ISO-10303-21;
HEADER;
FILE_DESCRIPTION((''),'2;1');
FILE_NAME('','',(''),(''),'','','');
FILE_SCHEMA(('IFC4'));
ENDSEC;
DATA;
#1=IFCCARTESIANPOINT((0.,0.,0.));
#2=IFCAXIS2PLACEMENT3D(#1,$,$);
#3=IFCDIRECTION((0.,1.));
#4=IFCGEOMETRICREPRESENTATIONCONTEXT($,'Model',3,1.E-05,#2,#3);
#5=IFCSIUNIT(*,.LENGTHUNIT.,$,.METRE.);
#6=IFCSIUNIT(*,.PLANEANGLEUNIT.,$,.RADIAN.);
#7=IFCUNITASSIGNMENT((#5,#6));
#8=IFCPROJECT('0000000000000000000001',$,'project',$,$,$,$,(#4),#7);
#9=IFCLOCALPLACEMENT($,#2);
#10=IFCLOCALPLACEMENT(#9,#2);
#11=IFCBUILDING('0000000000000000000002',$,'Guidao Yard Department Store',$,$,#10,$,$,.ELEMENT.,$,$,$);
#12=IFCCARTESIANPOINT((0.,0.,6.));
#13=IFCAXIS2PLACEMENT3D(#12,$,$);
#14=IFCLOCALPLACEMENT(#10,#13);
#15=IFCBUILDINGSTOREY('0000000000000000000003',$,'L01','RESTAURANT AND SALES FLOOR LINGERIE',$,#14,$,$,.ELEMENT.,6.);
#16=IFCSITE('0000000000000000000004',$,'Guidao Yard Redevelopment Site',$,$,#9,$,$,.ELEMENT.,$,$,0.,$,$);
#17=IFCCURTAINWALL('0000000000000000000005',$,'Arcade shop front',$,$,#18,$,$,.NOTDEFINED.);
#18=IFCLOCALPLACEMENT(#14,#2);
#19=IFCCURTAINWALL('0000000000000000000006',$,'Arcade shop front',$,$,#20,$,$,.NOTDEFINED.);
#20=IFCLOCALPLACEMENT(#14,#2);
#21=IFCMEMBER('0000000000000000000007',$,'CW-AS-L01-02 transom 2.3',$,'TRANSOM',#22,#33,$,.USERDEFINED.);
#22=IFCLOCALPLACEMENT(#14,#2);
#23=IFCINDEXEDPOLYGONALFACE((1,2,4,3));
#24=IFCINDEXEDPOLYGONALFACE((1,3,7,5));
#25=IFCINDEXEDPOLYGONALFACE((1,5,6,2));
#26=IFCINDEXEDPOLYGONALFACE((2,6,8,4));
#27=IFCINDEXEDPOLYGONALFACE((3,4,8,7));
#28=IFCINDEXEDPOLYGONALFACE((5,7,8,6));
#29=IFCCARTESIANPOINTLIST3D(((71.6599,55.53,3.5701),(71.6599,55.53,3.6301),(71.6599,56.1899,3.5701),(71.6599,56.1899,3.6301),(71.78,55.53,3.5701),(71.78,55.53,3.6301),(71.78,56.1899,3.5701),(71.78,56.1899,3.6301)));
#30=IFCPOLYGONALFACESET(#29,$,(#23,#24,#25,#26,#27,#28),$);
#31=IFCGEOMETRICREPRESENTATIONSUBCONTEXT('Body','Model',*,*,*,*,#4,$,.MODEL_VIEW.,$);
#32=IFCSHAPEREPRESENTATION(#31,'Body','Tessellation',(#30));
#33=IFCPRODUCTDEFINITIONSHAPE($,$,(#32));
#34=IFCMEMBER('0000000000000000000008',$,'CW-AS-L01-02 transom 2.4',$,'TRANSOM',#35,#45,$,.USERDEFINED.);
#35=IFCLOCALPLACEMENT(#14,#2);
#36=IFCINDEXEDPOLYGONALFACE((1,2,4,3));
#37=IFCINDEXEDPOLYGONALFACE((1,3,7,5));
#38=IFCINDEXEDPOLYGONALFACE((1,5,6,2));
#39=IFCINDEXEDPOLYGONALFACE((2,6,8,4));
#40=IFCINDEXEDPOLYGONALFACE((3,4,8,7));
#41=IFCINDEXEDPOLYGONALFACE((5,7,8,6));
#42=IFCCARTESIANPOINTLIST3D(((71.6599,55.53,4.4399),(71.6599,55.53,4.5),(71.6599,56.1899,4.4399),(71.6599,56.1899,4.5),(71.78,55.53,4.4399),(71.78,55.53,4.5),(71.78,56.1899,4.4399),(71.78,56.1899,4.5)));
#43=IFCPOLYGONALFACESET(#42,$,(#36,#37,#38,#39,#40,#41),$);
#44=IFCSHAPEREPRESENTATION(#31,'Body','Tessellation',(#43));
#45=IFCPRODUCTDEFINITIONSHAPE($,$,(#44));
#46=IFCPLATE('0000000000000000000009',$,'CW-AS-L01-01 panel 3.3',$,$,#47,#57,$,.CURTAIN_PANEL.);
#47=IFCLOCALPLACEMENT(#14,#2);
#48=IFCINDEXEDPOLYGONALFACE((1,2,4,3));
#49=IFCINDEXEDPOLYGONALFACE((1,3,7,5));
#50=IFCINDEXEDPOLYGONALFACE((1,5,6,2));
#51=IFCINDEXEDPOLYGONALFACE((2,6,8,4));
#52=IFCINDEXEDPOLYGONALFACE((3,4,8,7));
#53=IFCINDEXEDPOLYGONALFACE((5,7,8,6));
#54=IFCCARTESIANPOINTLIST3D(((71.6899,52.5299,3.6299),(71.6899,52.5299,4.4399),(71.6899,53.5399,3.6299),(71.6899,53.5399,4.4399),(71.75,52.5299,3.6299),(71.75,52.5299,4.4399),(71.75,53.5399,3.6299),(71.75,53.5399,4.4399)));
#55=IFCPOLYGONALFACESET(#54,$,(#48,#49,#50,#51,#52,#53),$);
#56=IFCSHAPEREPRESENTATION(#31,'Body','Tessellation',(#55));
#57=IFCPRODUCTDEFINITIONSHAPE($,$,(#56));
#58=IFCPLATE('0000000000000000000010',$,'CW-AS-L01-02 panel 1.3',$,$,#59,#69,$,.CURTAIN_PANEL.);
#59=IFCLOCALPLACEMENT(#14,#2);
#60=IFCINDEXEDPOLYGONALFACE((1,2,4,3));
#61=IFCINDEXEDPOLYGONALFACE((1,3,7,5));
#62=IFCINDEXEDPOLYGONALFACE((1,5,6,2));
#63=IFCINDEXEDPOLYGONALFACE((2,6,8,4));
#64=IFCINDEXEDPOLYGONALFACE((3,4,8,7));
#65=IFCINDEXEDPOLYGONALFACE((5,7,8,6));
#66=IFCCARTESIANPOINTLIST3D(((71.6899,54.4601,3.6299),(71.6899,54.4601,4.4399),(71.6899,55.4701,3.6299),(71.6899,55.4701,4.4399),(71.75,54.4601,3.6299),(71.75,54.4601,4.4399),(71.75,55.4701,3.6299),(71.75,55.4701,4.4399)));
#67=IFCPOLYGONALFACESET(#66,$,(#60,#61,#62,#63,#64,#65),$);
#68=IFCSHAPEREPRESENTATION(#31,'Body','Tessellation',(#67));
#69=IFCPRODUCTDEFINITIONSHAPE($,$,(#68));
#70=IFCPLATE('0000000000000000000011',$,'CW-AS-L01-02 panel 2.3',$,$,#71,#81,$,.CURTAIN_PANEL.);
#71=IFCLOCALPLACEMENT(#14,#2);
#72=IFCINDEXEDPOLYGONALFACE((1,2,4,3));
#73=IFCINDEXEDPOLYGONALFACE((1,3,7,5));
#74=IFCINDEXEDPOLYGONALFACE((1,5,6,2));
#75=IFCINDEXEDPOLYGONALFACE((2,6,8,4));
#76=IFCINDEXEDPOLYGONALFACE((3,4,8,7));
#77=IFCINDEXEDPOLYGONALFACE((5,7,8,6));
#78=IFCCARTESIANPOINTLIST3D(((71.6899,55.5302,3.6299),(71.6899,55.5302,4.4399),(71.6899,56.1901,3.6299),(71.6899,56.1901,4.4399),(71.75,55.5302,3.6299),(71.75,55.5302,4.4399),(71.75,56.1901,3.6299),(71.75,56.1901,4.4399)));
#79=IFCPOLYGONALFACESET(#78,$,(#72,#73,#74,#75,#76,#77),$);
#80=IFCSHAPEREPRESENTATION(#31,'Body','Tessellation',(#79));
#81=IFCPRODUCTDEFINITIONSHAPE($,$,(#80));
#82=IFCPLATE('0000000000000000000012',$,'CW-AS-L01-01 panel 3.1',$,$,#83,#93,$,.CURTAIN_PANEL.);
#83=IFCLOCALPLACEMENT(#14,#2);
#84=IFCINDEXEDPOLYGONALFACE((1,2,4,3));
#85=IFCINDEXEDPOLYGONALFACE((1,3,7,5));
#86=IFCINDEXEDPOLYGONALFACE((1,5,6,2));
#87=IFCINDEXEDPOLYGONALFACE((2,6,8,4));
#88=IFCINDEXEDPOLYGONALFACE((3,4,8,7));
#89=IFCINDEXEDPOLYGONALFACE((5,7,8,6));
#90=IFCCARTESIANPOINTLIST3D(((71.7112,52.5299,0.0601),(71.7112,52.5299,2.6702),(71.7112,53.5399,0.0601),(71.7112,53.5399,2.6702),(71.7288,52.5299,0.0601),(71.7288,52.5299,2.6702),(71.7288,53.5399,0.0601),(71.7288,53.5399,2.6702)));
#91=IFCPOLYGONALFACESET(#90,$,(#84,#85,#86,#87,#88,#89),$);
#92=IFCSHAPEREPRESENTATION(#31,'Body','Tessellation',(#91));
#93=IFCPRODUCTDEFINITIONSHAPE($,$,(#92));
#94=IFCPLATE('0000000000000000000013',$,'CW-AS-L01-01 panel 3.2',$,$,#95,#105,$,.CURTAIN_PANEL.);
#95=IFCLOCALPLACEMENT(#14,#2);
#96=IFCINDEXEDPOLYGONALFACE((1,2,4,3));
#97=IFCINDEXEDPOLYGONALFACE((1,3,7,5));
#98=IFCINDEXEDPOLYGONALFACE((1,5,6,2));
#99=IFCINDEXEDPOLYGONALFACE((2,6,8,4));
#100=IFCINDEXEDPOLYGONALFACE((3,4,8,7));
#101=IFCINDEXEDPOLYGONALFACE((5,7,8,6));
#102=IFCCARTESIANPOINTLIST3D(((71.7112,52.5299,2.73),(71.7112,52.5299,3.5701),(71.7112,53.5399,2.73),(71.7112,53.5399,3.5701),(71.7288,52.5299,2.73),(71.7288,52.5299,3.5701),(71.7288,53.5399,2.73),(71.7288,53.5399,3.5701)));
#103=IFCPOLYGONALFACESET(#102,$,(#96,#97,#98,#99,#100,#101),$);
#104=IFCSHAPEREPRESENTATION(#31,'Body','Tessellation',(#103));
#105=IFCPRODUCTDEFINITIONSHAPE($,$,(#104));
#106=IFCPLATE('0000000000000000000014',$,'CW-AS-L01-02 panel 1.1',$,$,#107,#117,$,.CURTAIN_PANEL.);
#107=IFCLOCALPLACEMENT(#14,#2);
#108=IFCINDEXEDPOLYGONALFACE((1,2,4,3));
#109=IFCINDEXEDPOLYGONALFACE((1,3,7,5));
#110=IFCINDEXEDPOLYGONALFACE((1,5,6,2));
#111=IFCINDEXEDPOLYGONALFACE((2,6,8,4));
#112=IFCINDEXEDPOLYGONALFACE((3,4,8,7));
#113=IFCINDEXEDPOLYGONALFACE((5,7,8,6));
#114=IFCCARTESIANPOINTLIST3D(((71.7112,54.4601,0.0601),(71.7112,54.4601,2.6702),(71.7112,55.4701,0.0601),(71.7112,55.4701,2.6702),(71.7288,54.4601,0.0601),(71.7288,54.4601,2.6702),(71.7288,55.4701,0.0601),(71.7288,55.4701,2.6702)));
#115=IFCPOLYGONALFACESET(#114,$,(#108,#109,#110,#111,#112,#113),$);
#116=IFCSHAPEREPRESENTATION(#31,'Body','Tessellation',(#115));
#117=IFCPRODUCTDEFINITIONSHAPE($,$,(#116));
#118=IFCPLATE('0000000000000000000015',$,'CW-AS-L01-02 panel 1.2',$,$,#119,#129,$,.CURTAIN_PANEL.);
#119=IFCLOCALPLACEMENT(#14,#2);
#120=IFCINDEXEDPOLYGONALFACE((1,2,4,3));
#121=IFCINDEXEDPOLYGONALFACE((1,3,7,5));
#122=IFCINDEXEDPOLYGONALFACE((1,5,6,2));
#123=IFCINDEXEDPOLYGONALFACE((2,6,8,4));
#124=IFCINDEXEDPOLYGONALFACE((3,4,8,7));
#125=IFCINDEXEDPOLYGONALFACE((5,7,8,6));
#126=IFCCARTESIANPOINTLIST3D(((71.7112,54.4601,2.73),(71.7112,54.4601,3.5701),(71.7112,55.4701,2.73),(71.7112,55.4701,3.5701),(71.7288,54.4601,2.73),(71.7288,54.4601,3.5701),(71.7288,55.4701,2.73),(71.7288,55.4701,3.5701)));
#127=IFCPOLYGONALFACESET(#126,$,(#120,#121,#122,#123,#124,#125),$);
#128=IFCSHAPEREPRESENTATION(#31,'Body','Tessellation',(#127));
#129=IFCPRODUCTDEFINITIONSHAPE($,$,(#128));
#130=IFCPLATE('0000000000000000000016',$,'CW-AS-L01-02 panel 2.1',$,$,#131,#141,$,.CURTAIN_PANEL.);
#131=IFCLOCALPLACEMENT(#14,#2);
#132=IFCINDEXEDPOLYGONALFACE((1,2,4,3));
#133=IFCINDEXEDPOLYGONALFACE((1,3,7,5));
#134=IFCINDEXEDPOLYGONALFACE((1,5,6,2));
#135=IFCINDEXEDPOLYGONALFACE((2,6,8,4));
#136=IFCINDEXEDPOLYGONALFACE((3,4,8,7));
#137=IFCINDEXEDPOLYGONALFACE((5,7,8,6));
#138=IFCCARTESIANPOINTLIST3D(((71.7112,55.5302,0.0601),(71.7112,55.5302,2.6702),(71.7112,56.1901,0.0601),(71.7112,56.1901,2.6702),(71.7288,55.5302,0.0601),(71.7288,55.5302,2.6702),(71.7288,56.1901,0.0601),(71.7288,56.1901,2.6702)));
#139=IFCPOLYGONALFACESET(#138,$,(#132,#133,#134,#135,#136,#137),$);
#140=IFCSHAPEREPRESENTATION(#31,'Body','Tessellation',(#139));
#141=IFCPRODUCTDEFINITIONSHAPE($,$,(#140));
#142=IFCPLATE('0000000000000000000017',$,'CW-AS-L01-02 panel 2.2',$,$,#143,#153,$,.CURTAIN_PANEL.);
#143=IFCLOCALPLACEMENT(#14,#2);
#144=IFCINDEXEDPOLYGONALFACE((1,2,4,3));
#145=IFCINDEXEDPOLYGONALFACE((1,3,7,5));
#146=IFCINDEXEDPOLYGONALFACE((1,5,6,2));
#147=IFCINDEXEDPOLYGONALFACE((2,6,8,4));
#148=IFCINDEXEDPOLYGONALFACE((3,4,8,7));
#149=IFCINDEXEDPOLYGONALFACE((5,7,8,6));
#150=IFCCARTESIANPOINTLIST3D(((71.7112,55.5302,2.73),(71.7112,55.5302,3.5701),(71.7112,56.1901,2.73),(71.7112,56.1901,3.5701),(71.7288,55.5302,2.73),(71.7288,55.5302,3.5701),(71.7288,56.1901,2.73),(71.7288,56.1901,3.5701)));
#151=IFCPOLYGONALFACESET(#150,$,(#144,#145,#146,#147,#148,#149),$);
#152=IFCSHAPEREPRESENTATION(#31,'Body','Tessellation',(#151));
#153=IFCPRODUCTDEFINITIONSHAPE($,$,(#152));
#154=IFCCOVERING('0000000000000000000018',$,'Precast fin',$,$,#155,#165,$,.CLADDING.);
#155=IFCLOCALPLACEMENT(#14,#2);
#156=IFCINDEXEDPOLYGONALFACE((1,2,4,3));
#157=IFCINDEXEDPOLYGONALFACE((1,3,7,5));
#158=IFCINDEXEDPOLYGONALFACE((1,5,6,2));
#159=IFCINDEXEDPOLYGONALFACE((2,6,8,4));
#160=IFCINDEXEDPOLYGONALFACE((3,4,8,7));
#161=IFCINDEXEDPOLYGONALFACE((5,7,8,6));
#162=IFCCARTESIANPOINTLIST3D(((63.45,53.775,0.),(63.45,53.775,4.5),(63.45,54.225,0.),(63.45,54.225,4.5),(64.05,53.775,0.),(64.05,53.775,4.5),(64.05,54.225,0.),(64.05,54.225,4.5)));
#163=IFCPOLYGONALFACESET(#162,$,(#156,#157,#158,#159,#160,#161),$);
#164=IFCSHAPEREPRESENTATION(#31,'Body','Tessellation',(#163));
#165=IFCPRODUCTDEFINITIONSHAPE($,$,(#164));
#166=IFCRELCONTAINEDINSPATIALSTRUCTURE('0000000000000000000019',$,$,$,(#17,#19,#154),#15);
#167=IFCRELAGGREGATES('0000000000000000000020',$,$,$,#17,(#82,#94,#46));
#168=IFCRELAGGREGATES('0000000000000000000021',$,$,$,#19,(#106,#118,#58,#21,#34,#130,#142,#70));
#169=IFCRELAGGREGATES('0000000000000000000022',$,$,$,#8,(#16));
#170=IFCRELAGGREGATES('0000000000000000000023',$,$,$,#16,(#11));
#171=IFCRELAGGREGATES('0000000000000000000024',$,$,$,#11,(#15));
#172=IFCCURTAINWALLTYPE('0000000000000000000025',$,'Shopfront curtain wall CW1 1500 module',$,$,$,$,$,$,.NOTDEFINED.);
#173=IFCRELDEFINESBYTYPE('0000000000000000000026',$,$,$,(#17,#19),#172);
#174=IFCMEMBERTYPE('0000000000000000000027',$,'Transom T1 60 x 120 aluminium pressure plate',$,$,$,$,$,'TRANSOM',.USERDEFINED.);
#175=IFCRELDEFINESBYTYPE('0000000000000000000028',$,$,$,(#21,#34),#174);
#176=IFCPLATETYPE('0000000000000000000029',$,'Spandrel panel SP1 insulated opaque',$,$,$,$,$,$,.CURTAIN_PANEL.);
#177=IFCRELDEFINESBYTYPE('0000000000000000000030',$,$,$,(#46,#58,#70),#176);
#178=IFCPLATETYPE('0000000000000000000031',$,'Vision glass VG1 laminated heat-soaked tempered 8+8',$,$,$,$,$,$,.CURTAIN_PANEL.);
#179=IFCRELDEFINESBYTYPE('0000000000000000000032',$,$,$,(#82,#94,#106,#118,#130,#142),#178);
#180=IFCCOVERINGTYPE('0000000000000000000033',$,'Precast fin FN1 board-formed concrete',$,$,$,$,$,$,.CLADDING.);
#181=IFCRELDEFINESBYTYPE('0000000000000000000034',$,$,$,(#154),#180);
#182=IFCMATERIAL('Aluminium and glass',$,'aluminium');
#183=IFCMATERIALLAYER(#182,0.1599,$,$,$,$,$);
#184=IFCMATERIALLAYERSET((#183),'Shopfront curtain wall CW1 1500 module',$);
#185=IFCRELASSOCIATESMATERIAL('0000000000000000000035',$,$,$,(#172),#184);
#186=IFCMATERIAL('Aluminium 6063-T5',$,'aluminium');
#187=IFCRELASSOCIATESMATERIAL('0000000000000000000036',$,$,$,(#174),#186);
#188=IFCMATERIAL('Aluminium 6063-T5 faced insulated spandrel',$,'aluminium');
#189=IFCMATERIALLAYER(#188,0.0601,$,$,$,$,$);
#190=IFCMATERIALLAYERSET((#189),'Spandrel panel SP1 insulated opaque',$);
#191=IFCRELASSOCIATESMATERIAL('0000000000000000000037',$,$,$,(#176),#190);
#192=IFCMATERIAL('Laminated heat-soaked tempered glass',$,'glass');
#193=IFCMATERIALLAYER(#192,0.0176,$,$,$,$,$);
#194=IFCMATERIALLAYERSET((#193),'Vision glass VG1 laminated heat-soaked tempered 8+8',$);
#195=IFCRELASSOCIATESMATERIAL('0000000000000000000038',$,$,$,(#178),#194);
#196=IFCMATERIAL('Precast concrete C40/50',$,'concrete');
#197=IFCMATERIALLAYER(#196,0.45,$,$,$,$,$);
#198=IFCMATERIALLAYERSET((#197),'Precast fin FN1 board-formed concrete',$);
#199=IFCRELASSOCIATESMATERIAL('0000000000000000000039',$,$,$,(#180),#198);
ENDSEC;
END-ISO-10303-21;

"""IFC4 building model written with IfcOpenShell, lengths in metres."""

from ifc_helpers import new_model, si_unit, direction, frame, origin, origin_2d, place, context, subcontext, project, spatial, rectangle, extrude, material, layer, layer_set, material_profile, profile_set, type_object, element, aggregate, save


model = new_model("IFC4")

# Units and contexts
model_context = context("Model", 3, precision=1e-05, world=origin(), true_north=direction((0.0, 1.0)))
body_context = subcontext(model_context, "Body", "Model", "MODEL_VIEW")
ifc_project = project(units=[si_unit("LENGTHUNIT", "METRE"), si_unit("PLANEANGLEUNIT", "RADIAN")], contexts=[model_context])

# Site, building, storey
site_placement = place(None, origin())
site = spatial("IfcSite", under=ifc_project, at=site_placement, Name="Guidao Yard Redevelopment Site", CompositionType="ELEMENT", RefElevation=0.0)
building_placement = place(site_placement, origin())
building = spatial("IfcBuilding", under=site, at=building_placement, Name="Guidao Yard Department Store", CompositionType="ELEMENT")
storey_placement = place(building_placement, frame((0.0, 0.0, 6.0)))
storey = spatial("IfcBuildingStorey", under=building, at=storey_placement, Name="L01", Description="RESTAURANT AND SALES FLOOR LINGERIE", CompositionType="ELEMENT", Elevation=6.0)

# Curtain wall
ifc_material_1 = material(Name="Aluminium and glass", Category="aluminium")
ifc_layer_1 = layer(ifc_material_1, 0.1599)
ifc_layer_set_1 = layer_set([ifc_layer_1], Name="Shopfront curtain wall CW1 1500 module")
curtain_wall_type = type_object("IfcCurtainWallType", Name="Shopfront curtain wall CW1 1500 module", PredefinedType="NOTDEFINED", material=ifc_layer_set_1)
curtain_wall_1_placement = place(storey_placement, origin())
curtain_wall_1 = element("IfcCurtainWall", 1, at=curtain_wall_1_placement, inside=storey, type_object=curtain_wall_type, Name="Arcade shop front", PredefinedType="NOTDEFINED")

# Curtain wall
curtain_wall_2_placement = place(storey_placement, origin())
curtain_wall_2 = element("IfcCurtainWall", 2, at=curtain_wall_2_placement, inside=storey, type_object=curtain_wall_type, Name="Arcade shop front", PredefinedType="NOTDEFINED")

# Members
ifc_material_2 = material(Name="Aluminium 6063-T5", Category="aluminium")
ifc_material_profile_1 = material_profile(ifc_material_2, rectangle(XDim=0.1201, YDim=0.0601, at=origin_2d()), Name="Transom T1 60 x 120 aluminium pressure plate")
ifc_profile_set_1 = profile_set([ifc_material_profile_1], Name="Aluminium 6063-T5")
member_type_1 = type_object("IfcMemberType", Name="Transom T1 60 x 120 aluminium pressure plate", ElementType="TRANSOM", PredefinedType="USERDEFINED", material=ifc_profile_set_1)
member_1_placement = place(storey_placement, frame((71.72, 55.53, 3.6001), z_axis=(0.0, 1.0, 0.0), x_axis=(-1.0, 0.0, 0.0)))
member_1 = element("IfcMember", 3, at=member_1_placement, type_object=member_type_1, Name="CW-AS-L01-02 transom 2.3", ObjectType="TRANSOM", PredefinedType="USERDEFINED", context=body_context, shape_type="SweptSolid", body=[
    extrude(rectangle(XDim=0.1201, YDim=0.0601, at=origin_2d()), origin(), (0.0, 0.0, 1.0), 0.6599),
])
member_2_placement = place(storey_placement, frame((71.72, 55.53, 4.47), z_axis=(0.0, 1.0, 0.0), x_axis=(-1.0, 0.0, 0.0)))
member_2 = element("IfcMember", 4, at=member_2_placement, type_object=member_type_1, Name="CW-AS-L01-02 transom 2.4", ObjectType="TRANSOM", PredefinedType="USERDEFINED", context=body_context, shape_type="SweptSolid", body=[
    extrude(rectangle(XDim=0.1201, YDim=0.0601, at=origin_2d()), origin(), (0.0, 0.0, 1.0), 0.6599),
])

# Plates
ifc_material_3 = material(Name="Aluminium 6063-T5 faced insulated spandrel", Category="aluminium")
ifc_layer_2 = layer(ifc_material_3, 0.0601)
ifc_layer_set_2 = layer_set([ifc_layer_2], Name="Spandrel panel SP1 insulated opaque")
plate_type_1 = type_object("IfcPlateType", Name="Spandrel panel SP1 insulated opaque", PredefinedType="CURTAIN_PANEL", material=ifc_layer_set_2)
plate_1_placement = place(storey_placement, frame((71.72, 53.0349, 3.6299), z_axis=(0.0, 0.0, 1.0), x_axis=(0.0, 1.0, 0.0)))
plate_1 = element("IfcPlate", 5, at=plate_1_placement, type_object=plate_type_1, Name="CW-AS-L01-01 panel 3.3", PredefinedType="CURTAIN_PANEL", context=body_context, shape_type="SweptSolid", body=[
    extrude(rectangle(XDim=1.01, YDim=0.0601, at=origin_2d()), origin(), (0.0, 0.0, 1.0), 0.8101),
])
plate_2_placement = place(storey_placement, frame((71.72, 54.9651, 3.6299), z_axis=(0.0, 0.0, 1.0), x_axis=(0.0, 1.0, 0.0)))
plate_2 = element("IfcPlate", 6, at=plate_2_placement, type_object=plate_type_1, Name="CW-AS-L01-02 panel 1.3", PredefinedType="CURTAIN_PANEL", context=body_context, shape_type="SweptSolid", body=[
    extrude(rectangle(XDim=1.01, YDim=0.0601, at=origin_2d()), origin(), (0.0, 0.0, 1.0), 0.8101),
])
plate_3_placement = place(storey_placement, frame((71.72, 55.8601, 3.6299), z_axis=(0.0, 0.0, 1.0), x_axis=(0.0, 1.0, 0.0)))
plate_3 = element("IfcPlate", 7, at=plate_3_placement, type_object=plate_type_1, Name="CW-AS-L01-02 panel 2.3", PredefinedType="CURTAIN_PANEL", context=body_context, shape_type="SweptSolid", body=[
    extrude(rectangle(XDim=0.6599, YDim=0.0601, at=origin_2d()), origin(), (0.0, 0.0, 1.0), 0.8101),
])
ifc_material_4 = material(Name="Laminated heat-soaked tempered glass", Category="glass")
ifc_layer_3 = layer(ifc_material_4, 0.0176)
ifc_layer_set_3 = layer_set([ifc_layer_3], Name="Vision glass VG1 laminated heat-soaked tempered 8+8")
plate_type_2 = type_object("IfcPlateType", Name="Vision glass VG1 laminated heat-soaked tempered 8+8", PredefinedType="CURTAIN_PANEL", material=ifc_layer_set_3)
plate_4_placement = place(storey_placement, frame((71.72, 53.0349, 0.0601), z_axis=(0.0, 0.0, 1.0), x_axis=(0.0, 1.0, 0.0)))
plate_4 = element("IfcPlate", 8, at=plate_4_placement, type_object=plate_type_2, Name="CW-AS-L01-01 panel 3.1", PredefinedType="CURTAIN_PANEL", context=body_context, shape_type="SweptSolid", body=[
    extrude(rectangle(XDim=1.01, YDim=0.0176, at=origin_2d()), origin(), (0.0, 0.0, 1.0), 2.6101),
])
plate_5_placement = place(storey_placement, frame((71.72, 53.0349, 2.73), z_axis=(0.0, 0.0, 1.0), x_axis=(0.0, 1.0, 0.0)))
plate_5 = element("IfcPlate", 9, at=plate_5_placement, type_object=plate_type_2, Name="CW-AS-L01-01 panel 3.2", PredefinedType="CURTAIN_PANEL", context=body_context, shape_type="SweptSolid", body=[
    extrude(rectangle(XDim=1.01, YDim=0.0176, at=origin_2d()), origin(), (0.0, 0.0, 1.0), 0.8401),
])
aggregate(curtain_wall_1, [plate_4, plate_5, plate_1])
plate_6_placement = place(storey_placement, frame((71.72, 54.9651, 0.0601), z_axis=(0.0, 0.0, 1.0), x_axis=(0.0, 1.0, 0.0)))
plate_6 = element("IfcPlate", 10, at=plate_6_placement, type_object=plate_type_2, Name="CW-AS-L01-02 panel 1.1", PredefinedType="CURTAIN_PANEL", context=body_context, shape_type="SweptSolid", body=[
    extrude(rectangle(XDim=1.01, YDim=0.0176, at=origin_2d()), origin(), (0.0, 0.0, 1.0), 2.6101),
])
plate_7_placement = place(storey_placement, frame((71.72, 54.9651, 2.73), z_axis=(0.0, 0.0, 1.0), x_axis=(0.0, 1.0, 0.0)))
plate_7 = element("IfcPlate", 11, at=plate_7_placement, type_object=plate_type_2, Name="CW-AS-L01-02 panel 1.2", PredefinedType="CURTAIN_PANEL", context=body_context, shape_type="SweptSolid", body=[
    extrude(rectangle(XDim=1.01, YDim=0.0176, at=origin_2d()), origin(), (0.0, 0.0, 1.0), 0.8401),
])
plate_8_placement = place(storey_placement, frame((71.72, 55.8601, 0.0601), z_axis=(0.0, 0.0, 1.0), x_axis=(0.0, 1.0, 0.0)))
plate_8 = element("IfcPlate", 12, at=plate_8_placement, type_object=plate_type_2, Name="CW-AS-L01-02 panel 2.1", PredefinedType="CURTAIN_PANEL", context=body_context, shape_type="SweptSolid", body=[
    extrude(rectangle(XDim=0.6599, YDim=0.0176, at=origin_2d()), origin(), (0.0, 0.0, 1.0), 2.6101),
])
plate_9_placement = place(storey_placement, frame((71.72, 55.8601, 2.73), z_axis=(0.0, 0.0, 1.0), x_axis=(0.0, 1.0, 0.0)))
plate_9 = element("IfcPlate", 13, at=plate_9_placement, type_object=plate_type_2, Name="CW-AS-L01-02 panel 2.2", PredefinedType="CURTAIN_PANEL", context=body_context, shape_type="SweptSolid", body=[
    extrude(rectangle(XDim=0.6599, YDim=0.0176, at=origin_2d()), origin(), (0.0, 0.0, 1.0), 0.8401),
])
aggregate(curtain_wall_2, [plate_6, plate_7, plate_2, member_1, member_2, plate_8, plate_9, plate_3])

# Covering
ifc_material_5 = material(Name="Precast concrete C40/50", Category="concrete")
ifc_layer_4 = layer(ifc_material_5, 0.45)
ifc_layer_set_4 = layer_set([ifc_layer_4], Name="Precast fin FN1 board-formed concrete")
covering_type = type_object("IfcCoveringType", Name="Precast fin FN1 board-formed concrete", PredefinedType="CLADDING", material=ifc_layer_set_4)
covering_placement = place(storey_placement, frame((63.75, 54.0, 0.0), z_axis=(0.0, 0.0, 1.0), x_axis=(0.0, -1.0, 0.0)))
element("IfcCovering", 14, at=covering_placement, inside=storey, type_object=covering_type, Name="Precast fin", PredefinedType="CLADDING", context=body_context, shape_type="SweptSolid", body=[
    extrude(rectangle(XDim=0.45, YDim=0.6001, at=origin_2d()), origin(), (0.0, 0.0, 1.0), 4.5),
])

save(model, "model.ifc")
